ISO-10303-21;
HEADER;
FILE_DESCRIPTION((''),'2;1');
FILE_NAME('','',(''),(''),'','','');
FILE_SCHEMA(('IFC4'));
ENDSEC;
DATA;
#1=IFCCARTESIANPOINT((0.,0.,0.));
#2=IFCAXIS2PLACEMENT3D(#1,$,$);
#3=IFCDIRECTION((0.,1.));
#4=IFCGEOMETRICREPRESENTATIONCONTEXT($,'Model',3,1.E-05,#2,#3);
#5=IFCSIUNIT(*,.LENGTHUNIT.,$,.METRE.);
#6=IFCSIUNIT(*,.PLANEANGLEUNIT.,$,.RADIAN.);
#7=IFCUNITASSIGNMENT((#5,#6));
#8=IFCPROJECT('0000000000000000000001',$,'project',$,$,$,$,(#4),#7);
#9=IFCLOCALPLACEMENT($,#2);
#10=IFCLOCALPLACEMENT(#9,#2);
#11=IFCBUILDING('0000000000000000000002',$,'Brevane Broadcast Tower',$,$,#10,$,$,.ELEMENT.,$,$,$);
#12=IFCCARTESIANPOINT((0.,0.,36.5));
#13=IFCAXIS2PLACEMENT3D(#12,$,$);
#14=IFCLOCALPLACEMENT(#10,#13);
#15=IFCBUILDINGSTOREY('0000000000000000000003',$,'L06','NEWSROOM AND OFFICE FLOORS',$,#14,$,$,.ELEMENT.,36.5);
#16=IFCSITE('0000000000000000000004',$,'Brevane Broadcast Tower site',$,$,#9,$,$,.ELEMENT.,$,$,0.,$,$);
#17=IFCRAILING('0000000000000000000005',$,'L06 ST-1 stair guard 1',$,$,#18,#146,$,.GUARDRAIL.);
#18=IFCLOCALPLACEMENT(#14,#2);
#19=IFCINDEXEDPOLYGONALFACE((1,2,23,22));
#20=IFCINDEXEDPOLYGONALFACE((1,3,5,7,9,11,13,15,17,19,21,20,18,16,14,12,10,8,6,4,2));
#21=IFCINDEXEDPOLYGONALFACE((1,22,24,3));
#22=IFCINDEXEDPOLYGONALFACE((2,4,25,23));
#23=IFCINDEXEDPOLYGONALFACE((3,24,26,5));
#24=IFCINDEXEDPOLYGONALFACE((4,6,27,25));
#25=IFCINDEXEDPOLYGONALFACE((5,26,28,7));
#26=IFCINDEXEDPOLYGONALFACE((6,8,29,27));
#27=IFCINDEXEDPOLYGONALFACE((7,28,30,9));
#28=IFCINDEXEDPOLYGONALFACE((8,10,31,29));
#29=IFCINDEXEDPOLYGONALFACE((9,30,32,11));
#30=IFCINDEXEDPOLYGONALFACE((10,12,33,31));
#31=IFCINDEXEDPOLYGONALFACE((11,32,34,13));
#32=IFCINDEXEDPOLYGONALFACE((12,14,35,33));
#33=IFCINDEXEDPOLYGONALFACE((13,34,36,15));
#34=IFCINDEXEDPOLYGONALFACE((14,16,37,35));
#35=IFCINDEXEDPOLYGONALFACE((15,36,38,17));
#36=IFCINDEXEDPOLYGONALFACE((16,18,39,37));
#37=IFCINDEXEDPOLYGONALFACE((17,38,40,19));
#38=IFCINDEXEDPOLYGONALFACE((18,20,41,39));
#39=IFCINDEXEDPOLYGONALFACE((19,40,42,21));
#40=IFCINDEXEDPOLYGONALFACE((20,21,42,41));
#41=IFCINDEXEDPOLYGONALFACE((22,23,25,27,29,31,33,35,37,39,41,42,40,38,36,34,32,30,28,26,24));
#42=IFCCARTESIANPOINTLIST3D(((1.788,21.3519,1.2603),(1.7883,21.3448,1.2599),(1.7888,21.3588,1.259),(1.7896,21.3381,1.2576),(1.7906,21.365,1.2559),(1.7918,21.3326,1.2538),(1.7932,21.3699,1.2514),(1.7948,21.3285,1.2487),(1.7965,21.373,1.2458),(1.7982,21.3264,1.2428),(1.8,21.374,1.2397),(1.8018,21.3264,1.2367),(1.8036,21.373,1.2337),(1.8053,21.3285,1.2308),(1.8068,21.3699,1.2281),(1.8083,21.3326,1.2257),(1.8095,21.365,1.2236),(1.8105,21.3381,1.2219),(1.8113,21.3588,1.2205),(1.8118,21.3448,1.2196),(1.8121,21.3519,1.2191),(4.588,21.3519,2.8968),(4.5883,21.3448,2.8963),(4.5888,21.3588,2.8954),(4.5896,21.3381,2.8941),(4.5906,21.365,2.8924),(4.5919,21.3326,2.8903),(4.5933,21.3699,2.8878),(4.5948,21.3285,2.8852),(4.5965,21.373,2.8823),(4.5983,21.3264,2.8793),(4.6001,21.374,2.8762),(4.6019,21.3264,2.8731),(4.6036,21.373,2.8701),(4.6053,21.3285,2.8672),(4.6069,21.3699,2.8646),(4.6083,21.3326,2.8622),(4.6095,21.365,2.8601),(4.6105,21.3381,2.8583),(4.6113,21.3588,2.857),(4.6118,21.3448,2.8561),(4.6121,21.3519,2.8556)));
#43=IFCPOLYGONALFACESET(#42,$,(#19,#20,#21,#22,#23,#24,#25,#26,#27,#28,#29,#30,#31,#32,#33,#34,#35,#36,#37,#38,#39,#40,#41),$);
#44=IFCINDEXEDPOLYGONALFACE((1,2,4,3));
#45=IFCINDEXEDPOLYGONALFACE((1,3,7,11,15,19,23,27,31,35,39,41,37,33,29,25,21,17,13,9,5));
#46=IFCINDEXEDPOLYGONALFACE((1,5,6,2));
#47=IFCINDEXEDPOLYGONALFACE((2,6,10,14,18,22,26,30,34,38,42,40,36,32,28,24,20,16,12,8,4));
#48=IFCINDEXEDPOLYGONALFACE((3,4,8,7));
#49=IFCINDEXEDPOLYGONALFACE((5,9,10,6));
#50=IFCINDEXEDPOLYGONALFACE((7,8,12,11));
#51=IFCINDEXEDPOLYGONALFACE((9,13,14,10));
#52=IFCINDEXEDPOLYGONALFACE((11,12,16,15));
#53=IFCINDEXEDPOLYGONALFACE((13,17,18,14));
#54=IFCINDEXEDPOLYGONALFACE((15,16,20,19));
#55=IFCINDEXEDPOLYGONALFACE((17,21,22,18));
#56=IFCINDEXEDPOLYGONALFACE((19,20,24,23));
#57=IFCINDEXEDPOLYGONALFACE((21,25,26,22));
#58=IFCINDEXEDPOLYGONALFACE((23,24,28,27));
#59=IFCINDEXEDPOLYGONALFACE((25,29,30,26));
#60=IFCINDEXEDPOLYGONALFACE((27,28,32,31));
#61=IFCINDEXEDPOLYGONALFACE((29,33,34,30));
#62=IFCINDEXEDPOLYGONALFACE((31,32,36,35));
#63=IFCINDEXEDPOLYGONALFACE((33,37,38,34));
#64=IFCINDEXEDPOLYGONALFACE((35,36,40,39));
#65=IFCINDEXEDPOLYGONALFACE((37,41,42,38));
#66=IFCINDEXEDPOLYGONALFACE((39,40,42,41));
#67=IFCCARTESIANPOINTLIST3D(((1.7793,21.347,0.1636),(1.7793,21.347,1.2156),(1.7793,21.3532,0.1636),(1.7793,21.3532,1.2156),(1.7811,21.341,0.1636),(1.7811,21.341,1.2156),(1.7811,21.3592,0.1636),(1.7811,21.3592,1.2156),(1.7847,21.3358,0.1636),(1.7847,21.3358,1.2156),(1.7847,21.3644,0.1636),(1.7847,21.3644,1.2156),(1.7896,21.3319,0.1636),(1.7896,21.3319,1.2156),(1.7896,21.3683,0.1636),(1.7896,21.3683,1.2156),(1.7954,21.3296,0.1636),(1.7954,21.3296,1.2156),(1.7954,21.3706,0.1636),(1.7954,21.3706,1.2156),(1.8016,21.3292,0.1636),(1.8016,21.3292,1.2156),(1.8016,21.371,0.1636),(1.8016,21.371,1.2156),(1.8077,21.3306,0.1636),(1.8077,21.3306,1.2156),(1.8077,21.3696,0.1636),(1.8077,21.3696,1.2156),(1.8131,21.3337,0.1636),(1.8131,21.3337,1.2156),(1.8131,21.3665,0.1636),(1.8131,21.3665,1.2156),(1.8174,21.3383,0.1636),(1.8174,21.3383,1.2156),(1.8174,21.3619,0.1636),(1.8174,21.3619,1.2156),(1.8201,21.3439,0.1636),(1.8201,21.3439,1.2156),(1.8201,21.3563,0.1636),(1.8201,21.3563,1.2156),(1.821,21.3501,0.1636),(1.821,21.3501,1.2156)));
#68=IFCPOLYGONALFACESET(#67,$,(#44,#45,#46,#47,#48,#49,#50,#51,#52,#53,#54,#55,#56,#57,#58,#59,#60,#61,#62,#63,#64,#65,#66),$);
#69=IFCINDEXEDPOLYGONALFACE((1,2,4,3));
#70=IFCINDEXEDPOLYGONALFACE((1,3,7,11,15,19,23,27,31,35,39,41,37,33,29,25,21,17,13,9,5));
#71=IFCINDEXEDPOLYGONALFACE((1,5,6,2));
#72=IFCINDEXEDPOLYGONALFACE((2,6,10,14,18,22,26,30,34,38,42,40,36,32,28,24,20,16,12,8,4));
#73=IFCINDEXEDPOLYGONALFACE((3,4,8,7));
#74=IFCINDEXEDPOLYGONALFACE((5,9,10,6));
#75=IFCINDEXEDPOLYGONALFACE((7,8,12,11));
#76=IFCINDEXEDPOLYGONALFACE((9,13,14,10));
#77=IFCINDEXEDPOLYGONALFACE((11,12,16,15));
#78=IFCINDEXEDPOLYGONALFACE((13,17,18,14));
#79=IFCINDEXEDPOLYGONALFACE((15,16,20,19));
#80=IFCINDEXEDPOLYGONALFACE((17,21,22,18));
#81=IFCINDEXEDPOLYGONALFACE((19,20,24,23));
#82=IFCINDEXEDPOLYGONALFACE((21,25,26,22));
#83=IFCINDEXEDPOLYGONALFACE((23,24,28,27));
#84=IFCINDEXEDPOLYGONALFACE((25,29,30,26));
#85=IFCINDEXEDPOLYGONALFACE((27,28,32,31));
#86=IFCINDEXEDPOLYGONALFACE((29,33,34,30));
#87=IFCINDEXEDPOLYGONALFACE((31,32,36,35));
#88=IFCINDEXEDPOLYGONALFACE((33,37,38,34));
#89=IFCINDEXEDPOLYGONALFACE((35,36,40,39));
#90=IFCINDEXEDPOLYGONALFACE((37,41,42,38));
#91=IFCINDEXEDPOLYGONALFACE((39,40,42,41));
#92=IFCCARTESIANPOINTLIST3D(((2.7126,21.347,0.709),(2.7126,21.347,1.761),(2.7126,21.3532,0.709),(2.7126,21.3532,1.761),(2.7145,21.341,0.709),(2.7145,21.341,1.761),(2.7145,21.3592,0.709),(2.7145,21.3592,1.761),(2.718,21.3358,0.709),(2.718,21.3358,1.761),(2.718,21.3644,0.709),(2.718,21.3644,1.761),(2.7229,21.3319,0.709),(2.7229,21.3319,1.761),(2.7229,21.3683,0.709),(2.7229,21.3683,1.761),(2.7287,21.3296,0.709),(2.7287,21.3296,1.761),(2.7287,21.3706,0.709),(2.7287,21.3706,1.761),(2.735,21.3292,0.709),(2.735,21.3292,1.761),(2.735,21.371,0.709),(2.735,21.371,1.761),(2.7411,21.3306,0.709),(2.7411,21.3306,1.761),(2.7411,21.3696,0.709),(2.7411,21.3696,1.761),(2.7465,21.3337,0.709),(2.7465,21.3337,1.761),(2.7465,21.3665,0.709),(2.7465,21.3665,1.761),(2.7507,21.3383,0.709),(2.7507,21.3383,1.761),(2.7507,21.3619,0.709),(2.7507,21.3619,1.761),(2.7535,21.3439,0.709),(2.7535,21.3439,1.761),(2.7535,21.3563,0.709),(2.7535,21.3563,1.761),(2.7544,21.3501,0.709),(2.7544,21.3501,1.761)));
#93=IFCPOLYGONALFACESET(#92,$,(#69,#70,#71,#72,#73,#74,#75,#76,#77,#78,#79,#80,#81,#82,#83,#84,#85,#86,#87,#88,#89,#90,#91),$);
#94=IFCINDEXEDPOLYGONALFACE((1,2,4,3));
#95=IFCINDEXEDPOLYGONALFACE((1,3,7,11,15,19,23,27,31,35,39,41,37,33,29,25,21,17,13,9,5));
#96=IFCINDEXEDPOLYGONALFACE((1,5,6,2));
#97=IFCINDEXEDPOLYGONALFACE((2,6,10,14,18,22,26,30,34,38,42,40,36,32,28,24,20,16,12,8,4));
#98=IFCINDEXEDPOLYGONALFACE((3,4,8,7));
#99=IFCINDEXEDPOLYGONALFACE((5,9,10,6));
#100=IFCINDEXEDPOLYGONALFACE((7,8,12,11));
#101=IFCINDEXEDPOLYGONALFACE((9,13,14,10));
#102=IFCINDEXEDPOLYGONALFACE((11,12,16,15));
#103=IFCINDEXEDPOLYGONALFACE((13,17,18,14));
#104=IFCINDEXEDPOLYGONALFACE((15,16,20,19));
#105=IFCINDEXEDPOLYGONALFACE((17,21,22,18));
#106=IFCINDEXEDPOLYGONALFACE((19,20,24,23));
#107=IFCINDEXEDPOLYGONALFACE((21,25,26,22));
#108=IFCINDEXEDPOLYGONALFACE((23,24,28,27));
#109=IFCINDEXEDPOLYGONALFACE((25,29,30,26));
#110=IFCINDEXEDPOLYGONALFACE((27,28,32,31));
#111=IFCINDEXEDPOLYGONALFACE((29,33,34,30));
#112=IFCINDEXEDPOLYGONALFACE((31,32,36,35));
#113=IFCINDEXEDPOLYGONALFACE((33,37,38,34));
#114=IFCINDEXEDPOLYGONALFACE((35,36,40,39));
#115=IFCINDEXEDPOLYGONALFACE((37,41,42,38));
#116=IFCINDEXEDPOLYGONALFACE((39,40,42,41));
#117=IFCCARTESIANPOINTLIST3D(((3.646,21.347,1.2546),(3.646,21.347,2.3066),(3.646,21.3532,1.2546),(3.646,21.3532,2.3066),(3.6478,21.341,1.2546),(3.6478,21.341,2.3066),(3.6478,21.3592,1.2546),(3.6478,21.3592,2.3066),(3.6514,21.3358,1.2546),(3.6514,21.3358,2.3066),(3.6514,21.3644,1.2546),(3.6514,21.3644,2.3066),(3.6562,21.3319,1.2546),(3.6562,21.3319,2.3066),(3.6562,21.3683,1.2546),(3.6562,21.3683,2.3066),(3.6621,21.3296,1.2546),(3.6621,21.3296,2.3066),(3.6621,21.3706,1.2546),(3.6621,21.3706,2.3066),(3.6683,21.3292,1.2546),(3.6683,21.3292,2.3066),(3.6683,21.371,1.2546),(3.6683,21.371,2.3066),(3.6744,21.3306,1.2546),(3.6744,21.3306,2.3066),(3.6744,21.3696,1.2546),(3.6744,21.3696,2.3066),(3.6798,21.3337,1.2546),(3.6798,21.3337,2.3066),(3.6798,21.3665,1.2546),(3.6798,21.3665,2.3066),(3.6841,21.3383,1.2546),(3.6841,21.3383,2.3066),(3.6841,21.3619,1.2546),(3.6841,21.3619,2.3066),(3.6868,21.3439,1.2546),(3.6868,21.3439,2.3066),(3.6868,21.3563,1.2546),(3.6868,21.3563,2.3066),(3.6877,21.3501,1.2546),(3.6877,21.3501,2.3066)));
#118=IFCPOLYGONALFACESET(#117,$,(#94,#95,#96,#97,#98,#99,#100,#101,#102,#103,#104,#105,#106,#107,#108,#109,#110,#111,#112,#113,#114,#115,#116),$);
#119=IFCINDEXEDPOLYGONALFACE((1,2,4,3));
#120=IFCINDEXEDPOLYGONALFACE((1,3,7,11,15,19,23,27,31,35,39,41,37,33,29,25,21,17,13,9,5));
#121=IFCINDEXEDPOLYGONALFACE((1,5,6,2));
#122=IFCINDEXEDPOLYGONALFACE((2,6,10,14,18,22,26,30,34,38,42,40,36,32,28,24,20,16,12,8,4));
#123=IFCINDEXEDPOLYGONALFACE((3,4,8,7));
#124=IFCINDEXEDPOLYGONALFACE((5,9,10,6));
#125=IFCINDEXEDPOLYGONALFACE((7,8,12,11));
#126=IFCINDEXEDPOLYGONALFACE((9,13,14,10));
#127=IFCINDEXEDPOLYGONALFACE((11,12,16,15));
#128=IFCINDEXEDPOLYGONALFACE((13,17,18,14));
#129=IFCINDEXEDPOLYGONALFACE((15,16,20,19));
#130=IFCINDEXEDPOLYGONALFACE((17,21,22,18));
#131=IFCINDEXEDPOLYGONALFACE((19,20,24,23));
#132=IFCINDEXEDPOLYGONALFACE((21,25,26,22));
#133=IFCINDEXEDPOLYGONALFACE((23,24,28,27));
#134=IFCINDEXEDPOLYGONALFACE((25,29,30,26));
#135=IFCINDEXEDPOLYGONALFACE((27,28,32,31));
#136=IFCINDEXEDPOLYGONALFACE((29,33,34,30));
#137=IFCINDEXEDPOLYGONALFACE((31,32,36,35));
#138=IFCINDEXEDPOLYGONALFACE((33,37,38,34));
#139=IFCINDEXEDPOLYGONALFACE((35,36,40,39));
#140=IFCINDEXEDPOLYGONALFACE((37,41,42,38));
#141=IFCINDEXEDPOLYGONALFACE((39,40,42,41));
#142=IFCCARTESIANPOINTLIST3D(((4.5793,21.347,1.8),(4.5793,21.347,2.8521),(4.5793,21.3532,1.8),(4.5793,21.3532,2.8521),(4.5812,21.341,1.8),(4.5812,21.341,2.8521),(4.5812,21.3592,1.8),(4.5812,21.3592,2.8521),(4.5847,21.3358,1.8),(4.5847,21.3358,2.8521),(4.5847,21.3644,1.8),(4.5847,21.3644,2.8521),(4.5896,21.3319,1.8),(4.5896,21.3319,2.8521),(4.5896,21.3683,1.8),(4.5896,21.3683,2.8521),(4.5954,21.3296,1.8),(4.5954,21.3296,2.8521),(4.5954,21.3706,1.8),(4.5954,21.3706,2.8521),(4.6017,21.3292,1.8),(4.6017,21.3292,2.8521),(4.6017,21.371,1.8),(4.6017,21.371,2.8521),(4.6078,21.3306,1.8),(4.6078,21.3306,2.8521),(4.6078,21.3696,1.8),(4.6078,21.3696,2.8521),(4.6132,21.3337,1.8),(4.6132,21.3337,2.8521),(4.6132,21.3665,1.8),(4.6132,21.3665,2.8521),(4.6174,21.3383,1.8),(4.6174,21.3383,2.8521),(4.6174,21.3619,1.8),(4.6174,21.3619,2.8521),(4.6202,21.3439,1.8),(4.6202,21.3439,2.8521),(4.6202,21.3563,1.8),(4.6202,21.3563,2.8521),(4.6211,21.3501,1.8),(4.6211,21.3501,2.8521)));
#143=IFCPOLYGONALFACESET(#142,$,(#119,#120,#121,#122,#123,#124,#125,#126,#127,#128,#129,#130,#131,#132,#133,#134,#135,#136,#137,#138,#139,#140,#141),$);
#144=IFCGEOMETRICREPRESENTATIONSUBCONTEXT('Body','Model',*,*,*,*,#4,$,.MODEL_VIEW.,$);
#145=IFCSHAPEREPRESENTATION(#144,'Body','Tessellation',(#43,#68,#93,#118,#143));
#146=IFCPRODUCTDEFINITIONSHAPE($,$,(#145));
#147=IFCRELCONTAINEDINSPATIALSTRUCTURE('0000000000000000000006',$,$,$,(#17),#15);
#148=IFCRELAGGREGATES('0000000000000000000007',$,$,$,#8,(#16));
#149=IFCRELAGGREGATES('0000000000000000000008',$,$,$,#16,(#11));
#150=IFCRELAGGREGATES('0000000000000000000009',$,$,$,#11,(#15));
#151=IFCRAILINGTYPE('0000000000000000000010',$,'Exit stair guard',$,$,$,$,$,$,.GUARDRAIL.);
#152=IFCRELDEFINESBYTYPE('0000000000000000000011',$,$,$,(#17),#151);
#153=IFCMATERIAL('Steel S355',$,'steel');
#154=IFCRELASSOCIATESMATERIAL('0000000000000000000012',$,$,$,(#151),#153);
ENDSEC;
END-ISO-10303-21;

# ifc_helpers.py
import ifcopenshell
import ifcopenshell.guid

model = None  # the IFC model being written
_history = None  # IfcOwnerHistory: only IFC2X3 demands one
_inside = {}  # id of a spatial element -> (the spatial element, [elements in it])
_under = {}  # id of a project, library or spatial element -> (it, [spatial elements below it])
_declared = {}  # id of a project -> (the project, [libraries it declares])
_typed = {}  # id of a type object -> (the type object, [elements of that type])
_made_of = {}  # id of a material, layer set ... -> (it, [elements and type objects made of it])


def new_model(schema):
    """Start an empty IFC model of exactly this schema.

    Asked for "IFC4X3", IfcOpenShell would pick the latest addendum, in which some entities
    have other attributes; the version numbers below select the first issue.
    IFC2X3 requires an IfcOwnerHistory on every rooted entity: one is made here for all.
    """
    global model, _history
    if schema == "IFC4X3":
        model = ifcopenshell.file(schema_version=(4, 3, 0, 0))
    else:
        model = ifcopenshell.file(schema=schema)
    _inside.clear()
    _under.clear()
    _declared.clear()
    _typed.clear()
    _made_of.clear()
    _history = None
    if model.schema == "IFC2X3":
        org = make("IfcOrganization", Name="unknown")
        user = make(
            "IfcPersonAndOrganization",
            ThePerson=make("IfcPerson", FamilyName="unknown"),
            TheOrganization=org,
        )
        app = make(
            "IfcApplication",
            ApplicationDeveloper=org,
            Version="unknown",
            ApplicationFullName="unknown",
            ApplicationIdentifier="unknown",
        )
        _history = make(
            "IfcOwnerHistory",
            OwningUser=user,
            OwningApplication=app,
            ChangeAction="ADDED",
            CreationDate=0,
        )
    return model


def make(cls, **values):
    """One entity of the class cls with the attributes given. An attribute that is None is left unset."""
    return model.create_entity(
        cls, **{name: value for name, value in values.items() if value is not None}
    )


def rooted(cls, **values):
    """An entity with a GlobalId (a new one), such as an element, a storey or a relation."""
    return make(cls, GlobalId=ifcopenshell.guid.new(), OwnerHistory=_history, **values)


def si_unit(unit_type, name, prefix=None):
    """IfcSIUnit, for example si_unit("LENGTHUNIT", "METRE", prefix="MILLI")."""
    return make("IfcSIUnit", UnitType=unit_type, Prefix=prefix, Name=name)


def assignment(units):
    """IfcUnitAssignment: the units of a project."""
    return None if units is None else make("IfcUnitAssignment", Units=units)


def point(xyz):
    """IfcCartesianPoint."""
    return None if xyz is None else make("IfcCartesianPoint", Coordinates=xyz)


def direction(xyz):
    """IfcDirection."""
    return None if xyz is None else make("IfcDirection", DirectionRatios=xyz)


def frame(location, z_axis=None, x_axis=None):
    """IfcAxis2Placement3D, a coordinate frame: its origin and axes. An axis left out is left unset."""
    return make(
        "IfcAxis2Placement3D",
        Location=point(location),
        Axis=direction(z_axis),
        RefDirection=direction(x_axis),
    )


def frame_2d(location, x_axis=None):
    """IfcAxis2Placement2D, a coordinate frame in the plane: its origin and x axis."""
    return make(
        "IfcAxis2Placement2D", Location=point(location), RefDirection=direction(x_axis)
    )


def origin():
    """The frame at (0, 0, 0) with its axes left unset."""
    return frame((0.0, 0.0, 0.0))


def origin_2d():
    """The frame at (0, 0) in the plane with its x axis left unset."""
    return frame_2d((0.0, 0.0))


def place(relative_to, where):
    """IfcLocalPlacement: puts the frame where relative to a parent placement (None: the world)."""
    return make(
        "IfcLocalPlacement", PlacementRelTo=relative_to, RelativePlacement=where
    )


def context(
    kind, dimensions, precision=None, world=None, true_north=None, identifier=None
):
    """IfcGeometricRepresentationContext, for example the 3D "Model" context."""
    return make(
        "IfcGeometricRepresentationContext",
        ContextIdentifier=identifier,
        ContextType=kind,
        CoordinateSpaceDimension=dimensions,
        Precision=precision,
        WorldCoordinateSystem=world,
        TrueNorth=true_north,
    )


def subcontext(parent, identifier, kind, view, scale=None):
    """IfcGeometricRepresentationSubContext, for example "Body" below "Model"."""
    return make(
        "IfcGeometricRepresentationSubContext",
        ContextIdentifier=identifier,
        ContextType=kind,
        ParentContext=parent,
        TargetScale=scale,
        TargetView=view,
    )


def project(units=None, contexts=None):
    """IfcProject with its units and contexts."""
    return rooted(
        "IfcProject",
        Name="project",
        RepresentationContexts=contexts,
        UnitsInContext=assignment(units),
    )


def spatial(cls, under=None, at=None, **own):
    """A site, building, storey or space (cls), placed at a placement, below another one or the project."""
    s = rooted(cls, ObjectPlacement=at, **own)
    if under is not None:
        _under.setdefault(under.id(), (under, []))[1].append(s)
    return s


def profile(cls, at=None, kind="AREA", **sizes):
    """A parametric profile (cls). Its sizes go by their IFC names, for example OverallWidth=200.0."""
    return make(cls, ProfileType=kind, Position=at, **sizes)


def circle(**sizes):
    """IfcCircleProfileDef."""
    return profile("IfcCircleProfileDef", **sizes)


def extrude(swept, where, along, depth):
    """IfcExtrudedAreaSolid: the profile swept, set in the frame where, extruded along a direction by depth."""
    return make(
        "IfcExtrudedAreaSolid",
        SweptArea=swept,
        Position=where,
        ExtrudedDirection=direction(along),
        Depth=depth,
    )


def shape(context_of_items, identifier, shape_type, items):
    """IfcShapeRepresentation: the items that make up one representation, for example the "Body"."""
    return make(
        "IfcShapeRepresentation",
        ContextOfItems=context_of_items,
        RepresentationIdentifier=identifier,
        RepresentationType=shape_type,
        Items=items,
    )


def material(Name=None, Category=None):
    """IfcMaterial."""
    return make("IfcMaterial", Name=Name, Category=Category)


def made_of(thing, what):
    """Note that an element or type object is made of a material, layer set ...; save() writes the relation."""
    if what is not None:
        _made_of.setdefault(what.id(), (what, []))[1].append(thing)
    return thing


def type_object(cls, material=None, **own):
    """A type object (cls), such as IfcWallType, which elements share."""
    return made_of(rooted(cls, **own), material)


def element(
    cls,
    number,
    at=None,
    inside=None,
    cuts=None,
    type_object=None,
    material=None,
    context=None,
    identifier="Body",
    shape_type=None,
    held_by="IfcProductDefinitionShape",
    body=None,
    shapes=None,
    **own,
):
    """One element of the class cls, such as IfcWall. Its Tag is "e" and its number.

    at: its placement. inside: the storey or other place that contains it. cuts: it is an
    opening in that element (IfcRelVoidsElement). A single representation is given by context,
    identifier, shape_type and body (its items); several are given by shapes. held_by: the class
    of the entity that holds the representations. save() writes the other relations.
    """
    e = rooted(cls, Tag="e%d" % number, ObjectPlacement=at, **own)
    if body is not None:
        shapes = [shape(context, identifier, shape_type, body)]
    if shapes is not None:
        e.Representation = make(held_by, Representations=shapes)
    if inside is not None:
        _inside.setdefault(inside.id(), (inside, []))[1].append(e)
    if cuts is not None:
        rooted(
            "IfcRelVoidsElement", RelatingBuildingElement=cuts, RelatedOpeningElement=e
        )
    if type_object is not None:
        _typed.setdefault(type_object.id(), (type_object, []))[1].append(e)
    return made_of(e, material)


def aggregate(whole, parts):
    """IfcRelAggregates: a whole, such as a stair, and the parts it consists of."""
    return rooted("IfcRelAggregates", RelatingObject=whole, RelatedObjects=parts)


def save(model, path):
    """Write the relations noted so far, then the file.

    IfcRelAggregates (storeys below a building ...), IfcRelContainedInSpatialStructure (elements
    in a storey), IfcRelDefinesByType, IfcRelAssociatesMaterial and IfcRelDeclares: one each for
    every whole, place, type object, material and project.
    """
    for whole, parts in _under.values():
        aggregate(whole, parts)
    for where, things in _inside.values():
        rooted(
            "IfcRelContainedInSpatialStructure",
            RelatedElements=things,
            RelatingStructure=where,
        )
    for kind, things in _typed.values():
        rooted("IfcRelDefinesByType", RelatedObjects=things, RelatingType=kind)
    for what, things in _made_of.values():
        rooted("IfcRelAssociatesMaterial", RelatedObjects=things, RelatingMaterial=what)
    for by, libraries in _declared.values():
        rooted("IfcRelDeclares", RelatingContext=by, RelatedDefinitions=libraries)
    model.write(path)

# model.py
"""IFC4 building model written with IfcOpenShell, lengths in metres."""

from ifc_helpers import new_model, si_unit, direction, frame, origin, origin_2d, place, context, subcontext, project, spatial, circle, extrude, material, type_object, element, save


model = new_model("IFC4")

# Units and contexts
model_context = context("Model", 3, precision=1e-05, world=origin(), true_north=direction((0.0, 1.0)))
body_context = subcontext(model_context, "Body", "Model", "MODEL_VIEW")
ifc_project = project(units=[si_unit("LENGTHUNIT", "METRE"), si_unit("PLANEANGLEUNIT", "RADIAN")], contexts=[model_context])

# Site, building, storey
site_placement = place(None, origin())
site = spatial("IfcSite", under=ifc_project, at=site_placement, Name="Brevane Broadcast Tower site", CompositionType="ELEMENT", RefElevation=0.0)
building_placement = place(site_placement, origin())
building = spatial("IfcBuilding", under=site, at=building_placement, Name="Brevane Broadcast Tower", CompositionType="ELEMENT")
storey_placement = place(building_placement, frame((0.0, 0.0, 36.5)))
storey = spatial("IfcBuildingStorey", under=building, at=storey_placement, Name="L06", Description="NEWSROOM AND OFFICE FLOORS", CompositionType="ELEMENT", Elevation=36.5)

# Railing
ifc_material_1 = material(Name="Steel S355", Category="steel")
railing_type_1 = type_object("IfcRailingType", Name="Exit stair guard", PredefinedType="GUARDRAIL", material=ifc_material_1)
railing_1_placement = place(storey_placement, frame((1.8, 21.3501, 0.1636)))
element("IfcRailing", 1, at=railing_1_placement, inside=storey, type_object=railing_type_1, Name="L06 ST-1 stair guard 1", PredefinedType="GUARDRAIL", context=body_context, shape_type="SweptSolid", body=[
    extrude(circle(Radius=0.0239, at=origin_2d()), frame((0.0, 0.0, 1.0762), z_axis=(0.863361, 0.0, 0.504587), x_axis=(0.0, 1.0, 0.0)), (0.0, 0.0, 1.0), 3.2432),
    extrude(circle(Radius=0.021, at=origin_2d()), origin(), (0.0, 0.0, 1.0), 1.052),
    extrude(circle(Radius=0.021, at=origin_2d()), frame((0.9333, 0.0, 0.5454)), (0.0, 0.0, 1.0), 1.052),
    extrude(circle(Radius=0.021, at=origin_2d()), frame((1.8667, 0.0, 1.0911)), (0.0, 0.0, 1.0), 1.052),
    extrude(circle(Radius=0.021, at=origin_2d()), frame((2.8, 0.0, 1.6365)), (0.0, 0.0, 1.0), 1.052),
])

save(model, "model.ifc")
